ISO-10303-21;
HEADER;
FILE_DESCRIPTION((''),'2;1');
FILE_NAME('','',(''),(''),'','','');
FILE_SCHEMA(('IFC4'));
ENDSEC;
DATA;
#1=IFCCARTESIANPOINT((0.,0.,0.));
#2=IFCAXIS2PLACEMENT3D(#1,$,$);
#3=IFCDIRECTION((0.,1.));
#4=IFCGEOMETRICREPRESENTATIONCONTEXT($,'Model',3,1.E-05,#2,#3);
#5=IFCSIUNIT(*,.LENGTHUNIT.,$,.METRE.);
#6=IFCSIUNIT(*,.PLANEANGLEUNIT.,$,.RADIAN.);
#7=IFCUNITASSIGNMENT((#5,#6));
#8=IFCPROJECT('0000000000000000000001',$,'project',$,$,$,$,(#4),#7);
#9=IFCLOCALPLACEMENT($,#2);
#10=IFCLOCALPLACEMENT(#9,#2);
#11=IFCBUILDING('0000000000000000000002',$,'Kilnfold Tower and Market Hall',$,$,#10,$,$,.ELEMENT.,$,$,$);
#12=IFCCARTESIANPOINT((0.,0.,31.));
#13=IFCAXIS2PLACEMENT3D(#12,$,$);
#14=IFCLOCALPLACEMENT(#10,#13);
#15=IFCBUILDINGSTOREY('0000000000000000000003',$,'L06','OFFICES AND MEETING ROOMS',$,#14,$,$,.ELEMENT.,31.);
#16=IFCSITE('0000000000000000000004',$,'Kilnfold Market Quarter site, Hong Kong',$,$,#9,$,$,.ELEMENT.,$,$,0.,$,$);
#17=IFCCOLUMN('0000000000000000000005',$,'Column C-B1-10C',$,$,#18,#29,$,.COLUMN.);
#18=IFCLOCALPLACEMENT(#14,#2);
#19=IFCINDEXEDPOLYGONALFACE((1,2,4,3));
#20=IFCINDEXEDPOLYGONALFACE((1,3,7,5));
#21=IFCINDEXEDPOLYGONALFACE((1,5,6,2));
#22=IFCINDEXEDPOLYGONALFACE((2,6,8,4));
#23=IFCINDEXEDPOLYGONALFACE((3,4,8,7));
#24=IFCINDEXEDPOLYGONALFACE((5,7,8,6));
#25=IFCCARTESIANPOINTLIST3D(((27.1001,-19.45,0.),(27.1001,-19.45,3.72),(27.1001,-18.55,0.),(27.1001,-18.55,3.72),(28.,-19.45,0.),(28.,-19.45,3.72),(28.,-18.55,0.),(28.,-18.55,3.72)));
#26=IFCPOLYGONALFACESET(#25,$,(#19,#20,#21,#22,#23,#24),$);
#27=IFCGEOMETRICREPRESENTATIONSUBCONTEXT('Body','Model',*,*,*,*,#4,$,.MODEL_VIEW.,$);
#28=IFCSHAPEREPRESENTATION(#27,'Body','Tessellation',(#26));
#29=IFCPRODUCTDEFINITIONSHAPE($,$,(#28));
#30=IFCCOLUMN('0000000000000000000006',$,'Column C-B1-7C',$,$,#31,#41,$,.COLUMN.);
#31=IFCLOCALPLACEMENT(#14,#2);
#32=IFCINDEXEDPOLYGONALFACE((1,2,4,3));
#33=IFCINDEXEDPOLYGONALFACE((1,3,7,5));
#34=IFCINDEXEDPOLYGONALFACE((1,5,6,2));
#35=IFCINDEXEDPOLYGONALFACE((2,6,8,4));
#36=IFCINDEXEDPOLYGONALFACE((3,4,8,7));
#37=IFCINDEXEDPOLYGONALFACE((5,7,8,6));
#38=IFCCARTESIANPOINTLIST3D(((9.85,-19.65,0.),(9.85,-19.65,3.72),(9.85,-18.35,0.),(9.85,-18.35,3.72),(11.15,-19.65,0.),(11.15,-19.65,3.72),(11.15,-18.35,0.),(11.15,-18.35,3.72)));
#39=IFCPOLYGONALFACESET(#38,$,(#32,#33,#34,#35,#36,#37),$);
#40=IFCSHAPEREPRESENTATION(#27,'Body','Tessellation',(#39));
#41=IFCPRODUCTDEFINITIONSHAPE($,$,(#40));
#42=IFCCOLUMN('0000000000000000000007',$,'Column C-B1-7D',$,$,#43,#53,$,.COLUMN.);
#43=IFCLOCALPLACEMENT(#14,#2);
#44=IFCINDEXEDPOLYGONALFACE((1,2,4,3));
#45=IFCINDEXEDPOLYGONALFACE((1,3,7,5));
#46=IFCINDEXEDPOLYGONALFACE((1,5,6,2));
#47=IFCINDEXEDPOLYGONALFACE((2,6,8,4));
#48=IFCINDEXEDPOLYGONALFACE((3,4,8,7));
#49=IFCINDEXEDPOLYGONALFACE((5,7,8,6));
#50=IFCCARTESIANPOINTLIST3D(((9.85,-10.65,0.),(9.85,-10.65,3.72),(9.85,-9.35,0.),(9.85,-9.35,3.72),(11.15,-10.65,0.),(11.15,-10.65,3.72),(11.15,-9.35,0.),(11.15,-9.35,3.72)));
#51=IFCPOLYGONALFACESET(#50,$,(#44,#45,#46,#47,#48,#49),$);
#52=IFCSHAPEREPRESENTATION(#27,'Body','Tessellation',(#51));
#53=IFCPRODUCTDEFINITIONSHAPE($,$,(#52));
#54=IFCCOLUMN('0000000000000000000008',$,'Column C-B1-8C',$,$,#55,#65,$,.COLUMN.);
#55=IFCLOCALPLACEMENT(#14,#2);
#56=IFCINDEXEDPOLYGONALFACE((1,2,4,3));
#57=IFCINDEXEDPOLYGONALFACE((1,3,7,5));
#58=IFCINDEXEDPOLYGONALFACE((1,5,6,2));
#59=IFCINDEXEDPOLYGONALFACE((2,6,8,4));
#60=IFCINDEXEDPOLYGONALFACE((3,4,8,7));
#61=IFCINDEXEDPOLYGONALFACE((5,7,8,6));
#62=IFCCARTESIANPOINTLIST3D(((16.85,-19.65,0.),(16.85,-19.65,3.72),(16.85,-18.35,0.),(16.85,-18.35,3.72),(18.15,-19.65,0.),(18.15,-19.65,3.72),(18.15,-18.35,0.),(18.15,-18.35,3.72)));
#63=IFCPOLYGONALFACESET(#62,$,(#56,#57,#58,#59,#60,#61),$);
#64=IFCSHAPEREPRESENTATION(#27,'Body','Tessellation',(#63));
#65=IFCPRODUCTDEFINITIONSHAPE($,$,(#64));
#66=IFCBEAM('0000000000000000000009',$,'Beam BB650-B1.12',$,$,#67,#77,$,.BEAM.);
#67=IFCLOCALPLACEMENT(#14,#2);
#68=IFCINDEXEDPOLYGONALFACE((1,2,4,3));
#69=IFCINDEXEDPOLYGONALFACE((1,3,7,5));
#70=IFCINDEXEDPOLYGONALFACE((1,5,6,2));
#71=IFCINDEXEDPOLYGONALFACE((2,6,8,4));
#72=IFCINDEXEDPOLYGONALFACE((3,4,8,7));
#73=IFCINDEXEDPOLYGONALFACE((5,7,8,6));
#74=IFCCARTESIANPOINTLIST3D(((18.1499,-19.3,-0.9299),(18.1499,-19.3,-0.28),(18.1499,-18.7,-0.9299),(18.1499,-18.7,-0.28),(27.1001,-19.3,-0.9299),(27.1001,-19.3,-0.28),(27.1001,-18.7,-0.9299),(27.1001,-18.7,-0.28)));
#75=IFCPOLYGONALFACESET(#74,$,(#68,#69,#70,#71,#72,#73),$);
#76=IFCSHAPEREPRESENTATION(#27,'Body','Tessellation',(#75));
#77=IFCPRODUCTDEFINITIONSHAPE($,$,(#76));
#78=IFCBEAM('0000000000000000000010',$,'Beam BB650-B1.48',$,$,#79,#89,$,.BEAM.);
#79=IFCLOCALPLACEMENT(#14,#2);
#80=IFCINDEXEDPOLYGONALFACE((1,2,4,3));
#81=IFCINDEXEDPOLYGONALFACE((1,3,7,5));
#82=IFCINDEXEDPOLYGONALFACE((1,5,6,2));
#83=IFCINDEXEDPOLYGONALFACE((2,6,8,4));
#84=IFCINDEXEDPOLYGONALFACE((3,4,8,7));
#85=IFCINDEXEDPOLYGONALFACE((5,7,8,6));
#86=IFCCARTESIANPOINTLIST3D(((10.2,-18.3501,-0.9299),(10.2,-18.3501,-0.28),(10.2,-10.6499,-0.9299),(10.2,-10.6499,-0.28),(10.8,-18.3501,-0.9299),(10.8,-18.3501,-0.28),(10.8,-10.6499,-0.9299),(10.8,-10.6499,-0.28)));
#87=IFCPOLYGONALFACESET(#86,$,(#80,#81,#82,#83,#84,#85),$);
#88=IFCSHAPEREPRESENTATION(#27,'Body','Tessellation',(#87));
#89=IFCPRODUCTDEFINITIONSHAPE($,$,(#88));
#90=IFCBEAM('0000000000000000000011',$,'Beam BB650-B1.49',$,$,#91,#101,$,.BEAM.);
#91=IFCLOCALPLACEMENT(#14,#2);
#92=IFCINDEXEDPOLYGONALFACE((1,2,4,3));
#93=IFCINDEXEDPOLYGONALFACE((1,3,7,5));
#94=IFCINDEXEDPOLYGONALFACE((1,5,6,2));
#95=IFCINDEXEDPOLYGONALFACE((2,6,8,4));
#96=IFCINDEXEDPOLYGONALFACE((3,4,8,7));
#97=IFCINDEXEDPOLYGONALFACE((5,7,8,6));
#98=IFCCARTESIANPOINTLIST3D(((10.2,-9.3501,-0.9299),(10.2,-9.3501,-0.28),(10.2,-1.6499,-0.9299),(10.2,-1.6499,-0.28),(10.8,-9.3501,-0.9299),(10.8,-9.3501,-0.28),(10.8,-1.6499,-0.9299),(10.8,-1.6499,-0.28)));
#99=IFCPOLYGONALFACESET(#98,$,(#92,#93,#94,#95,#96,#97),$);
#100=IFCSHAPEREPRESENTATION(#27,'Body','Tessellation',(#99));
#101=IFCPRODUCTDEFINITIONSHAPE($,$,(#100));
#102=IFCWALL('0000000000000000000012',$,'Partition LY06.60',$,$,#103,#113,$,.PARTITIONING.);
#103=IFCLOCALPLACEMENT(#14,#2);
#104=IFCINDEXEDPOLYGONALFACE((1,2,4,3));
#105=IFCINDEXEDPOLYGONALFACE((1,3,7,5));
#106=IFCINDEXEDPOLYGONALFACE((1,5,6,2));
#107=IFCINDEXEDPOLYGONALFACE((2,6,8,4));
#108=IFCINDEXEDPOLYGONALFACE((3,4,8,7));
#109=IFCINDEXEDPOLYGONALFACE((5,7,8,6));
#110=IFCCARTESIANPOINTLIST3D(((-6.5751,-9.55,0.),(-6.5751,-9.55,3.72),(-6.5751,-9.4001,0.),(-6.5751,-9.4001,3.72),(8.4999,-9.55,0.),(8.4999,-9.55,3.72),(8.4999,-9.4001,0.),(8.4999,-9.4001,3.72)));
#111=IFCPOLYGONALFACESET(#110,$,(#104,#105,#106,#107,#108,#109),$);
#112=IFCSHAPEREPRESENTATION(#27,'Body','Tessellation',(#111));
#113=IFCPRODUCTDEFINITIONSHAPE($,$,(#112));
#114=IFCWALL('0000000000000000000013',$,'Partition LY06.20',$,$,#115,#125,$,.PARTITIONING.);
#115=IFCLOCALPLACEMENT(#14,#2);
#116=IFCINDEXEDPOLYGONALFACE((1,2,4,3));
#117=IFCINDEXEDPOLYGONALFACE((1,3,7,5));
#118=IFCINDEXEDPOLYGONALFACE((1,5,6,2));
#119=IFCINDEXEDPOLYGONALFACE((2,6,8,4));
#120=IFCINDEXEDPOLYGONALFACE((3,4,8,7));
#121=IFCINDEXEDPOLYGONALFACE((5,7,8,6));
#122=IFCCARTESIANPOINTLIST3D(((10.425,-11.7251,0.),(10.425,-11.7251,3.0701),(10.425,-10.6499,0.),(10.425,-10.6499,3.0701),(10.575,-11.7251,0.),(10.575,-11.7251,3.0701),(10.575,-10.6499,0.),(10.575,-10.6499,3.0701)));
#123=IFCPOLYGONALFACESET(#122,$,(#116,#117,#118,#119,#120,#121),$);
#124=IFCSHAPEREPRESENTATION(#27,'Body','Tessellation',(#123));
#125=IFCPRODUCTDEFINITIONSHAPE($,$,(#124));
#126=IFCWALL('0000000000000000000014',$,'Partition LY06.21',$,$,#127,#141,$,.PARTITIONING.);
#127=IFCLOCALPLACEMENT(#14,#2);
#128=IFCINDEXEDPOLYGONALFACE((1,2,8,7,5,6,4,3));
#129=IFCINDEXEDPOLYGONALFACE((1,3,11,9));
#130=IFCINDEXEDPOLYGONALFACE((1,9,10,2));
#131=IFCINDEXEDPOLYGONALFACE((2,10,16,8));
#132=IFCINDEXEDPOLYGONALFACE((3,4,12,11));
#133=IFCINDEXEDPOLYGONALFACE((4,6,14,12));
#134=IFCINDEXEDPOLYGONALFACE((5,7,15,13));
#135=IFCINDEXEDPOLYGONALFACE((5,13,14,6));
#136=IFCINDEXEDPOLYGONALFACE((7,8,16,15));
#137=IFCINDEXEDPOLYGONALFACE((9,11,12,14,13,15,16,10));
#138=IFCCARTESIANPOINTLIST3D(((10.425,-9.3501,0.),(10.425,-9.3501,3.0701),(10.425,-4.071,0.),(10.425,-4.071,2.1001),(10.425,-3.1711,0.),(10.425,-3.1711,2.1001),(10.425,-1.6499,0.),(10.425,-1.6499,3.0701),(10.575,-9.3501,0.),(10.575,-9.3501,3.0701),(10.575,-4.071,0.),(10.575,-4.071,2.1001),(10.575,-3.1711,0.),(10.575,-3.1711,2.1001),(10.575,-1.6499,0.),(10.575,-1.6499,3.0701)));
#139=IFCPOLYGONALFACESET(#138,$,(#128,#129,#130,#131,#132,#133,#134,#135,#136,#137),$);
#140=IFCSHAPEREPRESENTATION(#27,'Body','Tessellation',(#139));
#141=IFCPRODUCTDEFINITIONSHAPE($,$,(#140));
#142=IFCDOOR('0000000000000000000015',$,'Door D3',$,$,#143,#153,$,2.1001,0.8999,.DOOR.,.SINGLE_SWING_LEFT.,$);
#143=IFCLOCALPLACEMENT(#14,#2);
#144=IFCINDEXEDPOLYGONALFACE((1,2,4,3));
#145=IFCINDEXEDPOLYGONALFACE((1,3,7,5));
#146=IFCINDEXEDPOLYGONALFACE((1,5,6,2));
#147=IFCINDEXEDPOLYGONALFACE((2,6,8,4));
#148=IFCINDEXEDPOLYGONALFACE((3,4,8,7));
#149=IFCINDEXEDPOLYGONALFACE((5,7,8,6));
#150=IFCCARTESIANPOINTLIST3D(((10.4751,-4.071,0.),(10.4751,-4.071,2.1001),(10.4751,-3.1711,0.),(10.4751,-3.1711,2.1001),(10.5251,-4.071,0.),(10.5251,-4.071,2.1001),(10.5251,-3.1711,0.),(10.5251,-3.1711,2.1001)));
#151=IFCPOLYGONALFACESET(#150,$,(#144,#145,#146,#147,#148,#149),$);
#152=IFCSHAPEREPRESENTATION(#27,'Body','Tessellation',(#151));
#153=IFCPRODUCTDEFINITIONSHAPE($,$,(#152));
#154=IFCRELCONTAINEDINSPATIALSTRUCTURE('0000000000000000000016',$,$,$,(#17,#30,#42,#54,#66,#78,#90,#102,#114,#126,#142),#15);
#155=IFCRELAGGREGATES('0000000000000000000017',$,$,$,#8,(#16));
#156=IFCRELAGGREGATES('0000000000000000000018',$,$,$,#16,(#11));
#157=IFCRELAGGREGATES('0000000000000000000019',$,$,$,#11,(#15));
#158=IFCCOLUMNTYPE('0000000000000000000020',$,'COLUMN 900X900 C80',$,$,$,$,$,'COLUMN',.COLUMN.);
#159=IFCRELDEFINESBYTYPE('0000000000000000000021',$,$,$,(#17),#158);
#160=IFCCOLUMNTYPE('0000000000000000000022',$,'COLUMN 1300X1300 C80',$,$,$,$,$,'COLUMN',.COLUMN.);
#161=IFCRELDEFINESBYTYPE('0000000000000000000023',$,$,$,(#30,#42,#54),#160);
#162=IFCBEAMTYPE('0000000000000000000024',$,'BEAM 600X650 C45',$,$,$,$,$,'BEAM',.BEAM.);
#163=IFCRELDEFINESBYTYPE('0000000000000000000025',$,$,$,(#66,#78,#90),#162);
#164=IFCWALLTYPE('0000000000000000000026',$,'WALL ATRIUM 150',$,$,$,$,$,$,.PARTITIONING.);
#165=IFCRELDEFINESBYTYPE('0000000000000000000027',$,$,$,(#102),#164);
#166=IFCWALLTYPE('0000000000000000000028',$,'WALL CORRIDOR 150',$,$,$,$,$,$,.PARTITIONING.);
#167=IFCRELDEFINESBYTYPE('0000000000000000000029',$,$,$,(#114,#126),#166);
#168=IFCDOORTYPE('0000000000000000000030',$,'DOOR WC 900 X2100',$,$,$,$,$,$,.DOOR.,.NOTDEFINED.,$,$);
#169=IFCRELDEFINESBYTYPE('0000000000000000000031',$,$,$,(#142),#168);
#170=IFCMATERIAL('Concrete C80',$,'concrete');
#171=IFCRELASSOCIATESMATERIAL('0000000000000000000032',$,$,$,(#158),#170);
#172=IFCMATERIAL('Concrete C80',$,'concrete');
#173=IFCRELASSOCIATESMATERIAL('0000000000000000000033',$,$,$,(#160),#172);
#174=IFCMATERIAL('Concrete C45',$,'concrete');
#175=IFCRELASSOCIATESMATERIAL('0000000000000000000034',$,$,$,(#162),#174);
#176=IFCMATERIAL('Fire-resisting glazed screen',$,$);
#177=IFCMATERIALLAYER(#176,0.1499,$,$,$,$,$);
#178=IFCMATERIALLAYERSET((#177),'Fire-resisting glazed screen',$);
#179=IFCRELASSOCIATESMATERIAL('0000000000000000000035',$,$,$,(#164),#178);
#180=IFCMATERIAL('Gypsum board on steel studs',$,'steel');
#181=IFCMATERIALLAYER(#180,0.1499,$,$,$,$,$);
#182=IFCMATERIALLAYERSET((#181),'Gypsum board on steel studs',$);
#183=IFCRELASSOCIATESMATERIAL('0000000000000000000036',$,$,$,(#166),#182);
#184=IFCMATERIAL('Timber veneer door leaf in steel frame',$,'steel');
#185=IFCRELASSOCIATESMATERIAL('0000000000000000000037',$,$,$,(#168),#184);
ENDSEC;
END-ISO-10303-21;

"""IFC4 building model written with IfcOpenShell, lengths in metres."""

from ifc_helpers import new_model, si_unit, direction, frame, frame_2d, origin, origin_2d, place, context, subcontext, project, spatial, rectangle, extrude, source, transform, mapped, material, layer, layer_set, material_profile, profile_set, type_object, element, fill, save


model = new_model("IFC4")

# Units and contexts
model_context = context("Model", 3, precision=1e-05, world=origin(), true_north=direction((0.0, 1.0)))
body_context = subcontext(model_context, "Body", "Model", "MODEL_VIEW")
ifc_project = project(units=[si_unit("LENGTHUNIT", "METRE"), si_unit("PLANEANGLEUNIT", "RADIAN")], contexts=[model_context])

# Site, building, storey
site_placement = place(None, origin())
site = spatial("IfcSite", under=ifc_project, at=site_placement, Name="Kilnfold Market Quarter site, Hong Kong", CompositionType="ELEMENT", RefElevation=0.0)
building_placement = place(site_placement, origin())
building = spatial("IfcBuilding", under=site, at=building_placement, Name="Kilnfold Tower and Market Hall", CompositionType="ELEMENT")
storey_placement = place(building_placement, frame((0.0, 0.0, 31.0)))
storey = spatial("IfcBuildingStorey", under=building, at=storey_placement, Name="L06", Description="OFFICES AND MEETING ROOMS", CompositionType="ELEMENT", Elevation=31.0)

# Columns
ifc_material_1 = material(Name="Concrete C80", Category="concrete")
ifc_material_profile_1 = material_profile(ifc_material_1, rectangle(XDim=0.8999, YDim=0.8999, at=origin_2d()), Name="RC 900x900")
ifc_profile_set_1 = profile_set([ifc_material_profile_1], Name="Concrete C80")
column_type_1 = type_object("IfcColumnType", Name="COLUMN 900X900 C80", ElementType="COLUMN", PredefinedType="COLUMN", material=ifc_profile_set_1)
shared_shape_1 = source(origin(), body_context, "Body", "SweptSolid", [
    extrude(rectangle(XDim=0.8999, YDim=0.8999, at=origin_2d()), origin(), (0.0, 0.0, 1.0), 3.72),
])
column_placement = place(storey_placement, frame((27.55, -19.0, 0.0), z_axis=(0.0, 0.0, 1.0), x_axis=(1.0, 0.0, 0.0)))
element("IfcColumn", 1, at=column_placement, inside=storey, type_object=column_type_1, Name="Column C-B1-10C", PredefinedType="COLUMN", context=body_context, shape_type="MappedRepresentation", body=[
    mapped(shared_shape_1, transform((0.0, 0.0, 0.0))),
])
ifc_material_2 = material(Name="Concrete C80", Category="concrete")
ifc_material_profile_2 = material_profile(ifc_material_2, rectangle(XDim=1.3, YDim=1.3, at=origin_2d()), Name="RC 1300x1300")
ifc_profile_set_2 = profile_set([ifc_material_profile_2], Name="Concrete C80")
column_type_2 = type_object("IfcColumnType", Name="COLUMN 1300X1300 C80", ElementType="COLUMN", PredefinedType="COLUMN", material=ifc_profile_set_2)
shared_shape_2 = source(origin(), body_context, "Body", "SweptSolid", [
    extrude(rectangle(XDim=1.3, YDim=1.3, at=origin_2d()), origin(), (0.0, 0.0, 1.0), 3.72),
])
for number, where, z_axis, x_axis, name in (
    (2, (10.5, -19.0, 0.0), (0.0, 0.0, 1.0), (1.0, 0.0, 0.0), "Column C-B1-7C"),
    (3, (10.5, -10.0, 0.0), (0.0, 0.0, 1.0), (1.0, 0.0, 0.0), "Column C-B1-7D"),
    (4, (17.5, -19.0, 0.0), (0.0, 0.0, 1.0), (1.0, 0.0, 0.0), "Column C-B1-8C"),
):
    element("IfcColumn", number, at=place(storey_placement, frame(where, z_axis=z_axis, x_axis=x_axis)), inside=storey, type_object=column_type_2, Name=name, PredefinedType="COLUMN", context=body_context, shape_type="MappedRepresentation", body=[
        mapped(shared_shape_2, transform((0.0, 0.0, 0.0))),
    ])

# Beams
ifc_material_3 = material(Name="Concrete C45", Category="concrete")
ifc_material_profile_3 = material_profile(ifc_material_3, rectangle(XDim=0.6001, YDim=0.6499, at=origin_2d()), Name="RC 600x650")
ifc_profile_set_3 = profile_set([ifc_material_profile_3], Name="Concrete C45")
beam_type = type_object("IfcBeamType", Name="BEAM 600X650 C45", ElementType="BEAM", PredefinedType="BEAM", material=ifc_profile_set_3)
shared_shape_3 = source(origin(), body_context, "Body", "SweptSolid", [
    extrude(rectangle(XDim=0.6001, YDim=0.6499, at=origin_2d()), origin(), (0.0, 0.0, 1.0), 8.9502),
])
beam_placement = place(storey_placement, frame((18.1499, -19.0, -0.605), z_axis=(1.0, 0.0, 0.0), x_axis=(0.0, 1.0, 0.0)))
element("IfcBeam", 5, at=beam_placement, inside=storey, type_object=beam_type, Name="Beam BB650-B1.12", PredefinedType="BEAM", context=body_context, shape_type="MappedRepresentation", body=[
    mapped(shared_shape_3, transform((0.0, 0.0, 0.0))),
])
shared_shape_4 = source(origin(), body_context, "Body", "SweptSolid", [
    extrude(rectangle(XDim=0.6001, YDim=0.6499, at=origin_2d()), origin(), (0.0, 0.0, 1.0), 7.7002),
])
for number, where, z_axis, x_axis, name in (
    (6, (10.5, -18.3501, -0.605), (0.0, 1.0, 0.0), (-1.0, 0.0, 0.0), "Beam BB650-B1.48"),
    (7, (10.5, -9.3501, -0.605), (0.0, 1.0, 0.0), (-1.0, 0.0, 0.0), "Beam BB650-B1.49"),
):
    element("IfcBeam", number, at=place(storey_placement, frame(where, z_axis=z_axis, x_axis=x_axis)), inside=storey, type_object=beam_type, Name=name, PredefinedType="BEAM", context=body_context, shape_type="MappedRepresentation", body=[
        mapped(shared_shape_4, transform((0.0, 0.0, 0.0))),
    ])

# Walls
ifc_material_4 = material(Name="Fire-resisting glazed screen")
ifc_layer_1 = layer(ifc_material_4, 0.1499)
ifc_layer_set_1 = layer_set([ifc_layer_1], Name="Fire-resisting glazed screen")
wall_type_1 = type_object("IfcWallType", Name="WALL ATRIUM 150", PredefinedType="PARTITIONING", material=ifc_layer_set_1)
wall_1_placement = place(storey_placement, frame((8.5, -9.4751, 0.0), z_axis=(0.0, 0.0, 1.0), x_axis=(-1.0, 0.0, 0.0)))
element("IfcWall", 8, at=wall_1_placement, inside=storey, type_object=wall_type_1, Name="Partition LY06.60", PredefinedType="PARTITIONING", context=body_context, shape_type="SweptSolid", body=[
    extrude(rectangle(XDim=15.075, YDim=0.1499, at=frame_2d((7.5376, 0.0))), origin(), (0.0, 0.0, 1.0), 3.72),
])
ifc_material_5 = material(Name="Gypsum board on steel studs", Category="steel")
ifc_layer_2 = layer(ifc_material_5, 0.1499)
ifc_layer_set_2 = layer_set([ifc_layer_2], Name="Gypsum board on steel studs")
wall_type_2 = type_object("IfcWallType", Name="WALL CORRIDOR 150", PredefinedType="PARTITIONING", material=ifc_layer_set_2)
wall_2_placement = place(storey_placement, frame((10.5, -11.7251, 0.0), z_axis=(0.0, 0.0, 1.0), x_axis=(0.0, 1.0, 0.0)))
element("IfcWall", 9, at=wall_2_placement, inside=storey, type_object=wall_type_2, Name="Partition LY06.20", PredefinedType="PARTITIONING", context=body_context, shape_type="SweptSolid", body=[
    extrude(rectangle(XDim=1.0752, YDim=0.1499, at=frame_2d((0.5376, 0.0))), origin(), (0.0, 0.0, 1.0), 3.0701),
])

# Wall, opening, door
wall_3_placement = place(storey_placement, frame((10.5, -9.3501, 0.0), z_axis=(0.0, 0.0, 1.0), x_axis=(0.0, 1.0, 0.0)))
wall_3 = element("IfcWall", 10, at=wall_3_placement, inside=storey, type_object=wall_type_2, Name="Partition LY06.21", PredefinedType="PARTITIONING", context=body_context, shape_type="SweptSolid", body=[
    extrude(rectangle(XDim=7.7002, YDim=0.1499, at=frame_2d((3.8501, 0.0))), origin(), (0.0, 0.0, 1.0), 3.0701),
])
opening_1_placement = place(wall_3_placement, frame((5.2791, 0.0, 0.0)))
opening_1 = element("IfcOpeningElement", 11, at=opening_1_placement, cuts=wall_3, PredefinedType="OPENING", context=body_context, shape_type="SweptSolid", body=[
    extrude(rectangle(XDim=0.8999, YDim=2.1001, at=frame_2d((0.45, 1.05))), frame((0.0, 0.085, 0.0), z_axis=(0.0, -1.0, 0.0), x_axis=(1.0, 0.0, 0.0)), (0.0, 0.0, 1.0), 0.1699),
])
ifc_material_6 = material(Name="Timber veneer door leaf in steel frame", Category="steel")
door_type_1 = type_object("IfcDoorType", Name="DOOR WC 900 X2100", OperationType="NOTDEFINED", PredefinedType="DOOR", material=ifc_material_6)
door_1_placement = place(opening_1_placement, origin())
door_1 = element("IfcDoor", 12, at=door_1_placement, inside=storey, type_object=door_type_1, Name="Door D3", OperationType="SINGLE_SWING_LEFT", OverallHeight=2.1001, OverallWidth=0.8999, PredefinedType="DOOR", context=body_context, shape_type="SweptSolid", body=[
    extrude(rectangle(XDim=0.8999, YDim=2.1001, at=frame_2d((0.45, 1.05))), frame((0.0, 0.0249, 0.0), z_axis=(0.0, -1.0, 0.0), x_axis=(1.0, 0.0, 0.0)), (0.0, 0.0, 1.0), 0.05),
])
fill(opening_1, door_1)

save(model, "model.ifc")
